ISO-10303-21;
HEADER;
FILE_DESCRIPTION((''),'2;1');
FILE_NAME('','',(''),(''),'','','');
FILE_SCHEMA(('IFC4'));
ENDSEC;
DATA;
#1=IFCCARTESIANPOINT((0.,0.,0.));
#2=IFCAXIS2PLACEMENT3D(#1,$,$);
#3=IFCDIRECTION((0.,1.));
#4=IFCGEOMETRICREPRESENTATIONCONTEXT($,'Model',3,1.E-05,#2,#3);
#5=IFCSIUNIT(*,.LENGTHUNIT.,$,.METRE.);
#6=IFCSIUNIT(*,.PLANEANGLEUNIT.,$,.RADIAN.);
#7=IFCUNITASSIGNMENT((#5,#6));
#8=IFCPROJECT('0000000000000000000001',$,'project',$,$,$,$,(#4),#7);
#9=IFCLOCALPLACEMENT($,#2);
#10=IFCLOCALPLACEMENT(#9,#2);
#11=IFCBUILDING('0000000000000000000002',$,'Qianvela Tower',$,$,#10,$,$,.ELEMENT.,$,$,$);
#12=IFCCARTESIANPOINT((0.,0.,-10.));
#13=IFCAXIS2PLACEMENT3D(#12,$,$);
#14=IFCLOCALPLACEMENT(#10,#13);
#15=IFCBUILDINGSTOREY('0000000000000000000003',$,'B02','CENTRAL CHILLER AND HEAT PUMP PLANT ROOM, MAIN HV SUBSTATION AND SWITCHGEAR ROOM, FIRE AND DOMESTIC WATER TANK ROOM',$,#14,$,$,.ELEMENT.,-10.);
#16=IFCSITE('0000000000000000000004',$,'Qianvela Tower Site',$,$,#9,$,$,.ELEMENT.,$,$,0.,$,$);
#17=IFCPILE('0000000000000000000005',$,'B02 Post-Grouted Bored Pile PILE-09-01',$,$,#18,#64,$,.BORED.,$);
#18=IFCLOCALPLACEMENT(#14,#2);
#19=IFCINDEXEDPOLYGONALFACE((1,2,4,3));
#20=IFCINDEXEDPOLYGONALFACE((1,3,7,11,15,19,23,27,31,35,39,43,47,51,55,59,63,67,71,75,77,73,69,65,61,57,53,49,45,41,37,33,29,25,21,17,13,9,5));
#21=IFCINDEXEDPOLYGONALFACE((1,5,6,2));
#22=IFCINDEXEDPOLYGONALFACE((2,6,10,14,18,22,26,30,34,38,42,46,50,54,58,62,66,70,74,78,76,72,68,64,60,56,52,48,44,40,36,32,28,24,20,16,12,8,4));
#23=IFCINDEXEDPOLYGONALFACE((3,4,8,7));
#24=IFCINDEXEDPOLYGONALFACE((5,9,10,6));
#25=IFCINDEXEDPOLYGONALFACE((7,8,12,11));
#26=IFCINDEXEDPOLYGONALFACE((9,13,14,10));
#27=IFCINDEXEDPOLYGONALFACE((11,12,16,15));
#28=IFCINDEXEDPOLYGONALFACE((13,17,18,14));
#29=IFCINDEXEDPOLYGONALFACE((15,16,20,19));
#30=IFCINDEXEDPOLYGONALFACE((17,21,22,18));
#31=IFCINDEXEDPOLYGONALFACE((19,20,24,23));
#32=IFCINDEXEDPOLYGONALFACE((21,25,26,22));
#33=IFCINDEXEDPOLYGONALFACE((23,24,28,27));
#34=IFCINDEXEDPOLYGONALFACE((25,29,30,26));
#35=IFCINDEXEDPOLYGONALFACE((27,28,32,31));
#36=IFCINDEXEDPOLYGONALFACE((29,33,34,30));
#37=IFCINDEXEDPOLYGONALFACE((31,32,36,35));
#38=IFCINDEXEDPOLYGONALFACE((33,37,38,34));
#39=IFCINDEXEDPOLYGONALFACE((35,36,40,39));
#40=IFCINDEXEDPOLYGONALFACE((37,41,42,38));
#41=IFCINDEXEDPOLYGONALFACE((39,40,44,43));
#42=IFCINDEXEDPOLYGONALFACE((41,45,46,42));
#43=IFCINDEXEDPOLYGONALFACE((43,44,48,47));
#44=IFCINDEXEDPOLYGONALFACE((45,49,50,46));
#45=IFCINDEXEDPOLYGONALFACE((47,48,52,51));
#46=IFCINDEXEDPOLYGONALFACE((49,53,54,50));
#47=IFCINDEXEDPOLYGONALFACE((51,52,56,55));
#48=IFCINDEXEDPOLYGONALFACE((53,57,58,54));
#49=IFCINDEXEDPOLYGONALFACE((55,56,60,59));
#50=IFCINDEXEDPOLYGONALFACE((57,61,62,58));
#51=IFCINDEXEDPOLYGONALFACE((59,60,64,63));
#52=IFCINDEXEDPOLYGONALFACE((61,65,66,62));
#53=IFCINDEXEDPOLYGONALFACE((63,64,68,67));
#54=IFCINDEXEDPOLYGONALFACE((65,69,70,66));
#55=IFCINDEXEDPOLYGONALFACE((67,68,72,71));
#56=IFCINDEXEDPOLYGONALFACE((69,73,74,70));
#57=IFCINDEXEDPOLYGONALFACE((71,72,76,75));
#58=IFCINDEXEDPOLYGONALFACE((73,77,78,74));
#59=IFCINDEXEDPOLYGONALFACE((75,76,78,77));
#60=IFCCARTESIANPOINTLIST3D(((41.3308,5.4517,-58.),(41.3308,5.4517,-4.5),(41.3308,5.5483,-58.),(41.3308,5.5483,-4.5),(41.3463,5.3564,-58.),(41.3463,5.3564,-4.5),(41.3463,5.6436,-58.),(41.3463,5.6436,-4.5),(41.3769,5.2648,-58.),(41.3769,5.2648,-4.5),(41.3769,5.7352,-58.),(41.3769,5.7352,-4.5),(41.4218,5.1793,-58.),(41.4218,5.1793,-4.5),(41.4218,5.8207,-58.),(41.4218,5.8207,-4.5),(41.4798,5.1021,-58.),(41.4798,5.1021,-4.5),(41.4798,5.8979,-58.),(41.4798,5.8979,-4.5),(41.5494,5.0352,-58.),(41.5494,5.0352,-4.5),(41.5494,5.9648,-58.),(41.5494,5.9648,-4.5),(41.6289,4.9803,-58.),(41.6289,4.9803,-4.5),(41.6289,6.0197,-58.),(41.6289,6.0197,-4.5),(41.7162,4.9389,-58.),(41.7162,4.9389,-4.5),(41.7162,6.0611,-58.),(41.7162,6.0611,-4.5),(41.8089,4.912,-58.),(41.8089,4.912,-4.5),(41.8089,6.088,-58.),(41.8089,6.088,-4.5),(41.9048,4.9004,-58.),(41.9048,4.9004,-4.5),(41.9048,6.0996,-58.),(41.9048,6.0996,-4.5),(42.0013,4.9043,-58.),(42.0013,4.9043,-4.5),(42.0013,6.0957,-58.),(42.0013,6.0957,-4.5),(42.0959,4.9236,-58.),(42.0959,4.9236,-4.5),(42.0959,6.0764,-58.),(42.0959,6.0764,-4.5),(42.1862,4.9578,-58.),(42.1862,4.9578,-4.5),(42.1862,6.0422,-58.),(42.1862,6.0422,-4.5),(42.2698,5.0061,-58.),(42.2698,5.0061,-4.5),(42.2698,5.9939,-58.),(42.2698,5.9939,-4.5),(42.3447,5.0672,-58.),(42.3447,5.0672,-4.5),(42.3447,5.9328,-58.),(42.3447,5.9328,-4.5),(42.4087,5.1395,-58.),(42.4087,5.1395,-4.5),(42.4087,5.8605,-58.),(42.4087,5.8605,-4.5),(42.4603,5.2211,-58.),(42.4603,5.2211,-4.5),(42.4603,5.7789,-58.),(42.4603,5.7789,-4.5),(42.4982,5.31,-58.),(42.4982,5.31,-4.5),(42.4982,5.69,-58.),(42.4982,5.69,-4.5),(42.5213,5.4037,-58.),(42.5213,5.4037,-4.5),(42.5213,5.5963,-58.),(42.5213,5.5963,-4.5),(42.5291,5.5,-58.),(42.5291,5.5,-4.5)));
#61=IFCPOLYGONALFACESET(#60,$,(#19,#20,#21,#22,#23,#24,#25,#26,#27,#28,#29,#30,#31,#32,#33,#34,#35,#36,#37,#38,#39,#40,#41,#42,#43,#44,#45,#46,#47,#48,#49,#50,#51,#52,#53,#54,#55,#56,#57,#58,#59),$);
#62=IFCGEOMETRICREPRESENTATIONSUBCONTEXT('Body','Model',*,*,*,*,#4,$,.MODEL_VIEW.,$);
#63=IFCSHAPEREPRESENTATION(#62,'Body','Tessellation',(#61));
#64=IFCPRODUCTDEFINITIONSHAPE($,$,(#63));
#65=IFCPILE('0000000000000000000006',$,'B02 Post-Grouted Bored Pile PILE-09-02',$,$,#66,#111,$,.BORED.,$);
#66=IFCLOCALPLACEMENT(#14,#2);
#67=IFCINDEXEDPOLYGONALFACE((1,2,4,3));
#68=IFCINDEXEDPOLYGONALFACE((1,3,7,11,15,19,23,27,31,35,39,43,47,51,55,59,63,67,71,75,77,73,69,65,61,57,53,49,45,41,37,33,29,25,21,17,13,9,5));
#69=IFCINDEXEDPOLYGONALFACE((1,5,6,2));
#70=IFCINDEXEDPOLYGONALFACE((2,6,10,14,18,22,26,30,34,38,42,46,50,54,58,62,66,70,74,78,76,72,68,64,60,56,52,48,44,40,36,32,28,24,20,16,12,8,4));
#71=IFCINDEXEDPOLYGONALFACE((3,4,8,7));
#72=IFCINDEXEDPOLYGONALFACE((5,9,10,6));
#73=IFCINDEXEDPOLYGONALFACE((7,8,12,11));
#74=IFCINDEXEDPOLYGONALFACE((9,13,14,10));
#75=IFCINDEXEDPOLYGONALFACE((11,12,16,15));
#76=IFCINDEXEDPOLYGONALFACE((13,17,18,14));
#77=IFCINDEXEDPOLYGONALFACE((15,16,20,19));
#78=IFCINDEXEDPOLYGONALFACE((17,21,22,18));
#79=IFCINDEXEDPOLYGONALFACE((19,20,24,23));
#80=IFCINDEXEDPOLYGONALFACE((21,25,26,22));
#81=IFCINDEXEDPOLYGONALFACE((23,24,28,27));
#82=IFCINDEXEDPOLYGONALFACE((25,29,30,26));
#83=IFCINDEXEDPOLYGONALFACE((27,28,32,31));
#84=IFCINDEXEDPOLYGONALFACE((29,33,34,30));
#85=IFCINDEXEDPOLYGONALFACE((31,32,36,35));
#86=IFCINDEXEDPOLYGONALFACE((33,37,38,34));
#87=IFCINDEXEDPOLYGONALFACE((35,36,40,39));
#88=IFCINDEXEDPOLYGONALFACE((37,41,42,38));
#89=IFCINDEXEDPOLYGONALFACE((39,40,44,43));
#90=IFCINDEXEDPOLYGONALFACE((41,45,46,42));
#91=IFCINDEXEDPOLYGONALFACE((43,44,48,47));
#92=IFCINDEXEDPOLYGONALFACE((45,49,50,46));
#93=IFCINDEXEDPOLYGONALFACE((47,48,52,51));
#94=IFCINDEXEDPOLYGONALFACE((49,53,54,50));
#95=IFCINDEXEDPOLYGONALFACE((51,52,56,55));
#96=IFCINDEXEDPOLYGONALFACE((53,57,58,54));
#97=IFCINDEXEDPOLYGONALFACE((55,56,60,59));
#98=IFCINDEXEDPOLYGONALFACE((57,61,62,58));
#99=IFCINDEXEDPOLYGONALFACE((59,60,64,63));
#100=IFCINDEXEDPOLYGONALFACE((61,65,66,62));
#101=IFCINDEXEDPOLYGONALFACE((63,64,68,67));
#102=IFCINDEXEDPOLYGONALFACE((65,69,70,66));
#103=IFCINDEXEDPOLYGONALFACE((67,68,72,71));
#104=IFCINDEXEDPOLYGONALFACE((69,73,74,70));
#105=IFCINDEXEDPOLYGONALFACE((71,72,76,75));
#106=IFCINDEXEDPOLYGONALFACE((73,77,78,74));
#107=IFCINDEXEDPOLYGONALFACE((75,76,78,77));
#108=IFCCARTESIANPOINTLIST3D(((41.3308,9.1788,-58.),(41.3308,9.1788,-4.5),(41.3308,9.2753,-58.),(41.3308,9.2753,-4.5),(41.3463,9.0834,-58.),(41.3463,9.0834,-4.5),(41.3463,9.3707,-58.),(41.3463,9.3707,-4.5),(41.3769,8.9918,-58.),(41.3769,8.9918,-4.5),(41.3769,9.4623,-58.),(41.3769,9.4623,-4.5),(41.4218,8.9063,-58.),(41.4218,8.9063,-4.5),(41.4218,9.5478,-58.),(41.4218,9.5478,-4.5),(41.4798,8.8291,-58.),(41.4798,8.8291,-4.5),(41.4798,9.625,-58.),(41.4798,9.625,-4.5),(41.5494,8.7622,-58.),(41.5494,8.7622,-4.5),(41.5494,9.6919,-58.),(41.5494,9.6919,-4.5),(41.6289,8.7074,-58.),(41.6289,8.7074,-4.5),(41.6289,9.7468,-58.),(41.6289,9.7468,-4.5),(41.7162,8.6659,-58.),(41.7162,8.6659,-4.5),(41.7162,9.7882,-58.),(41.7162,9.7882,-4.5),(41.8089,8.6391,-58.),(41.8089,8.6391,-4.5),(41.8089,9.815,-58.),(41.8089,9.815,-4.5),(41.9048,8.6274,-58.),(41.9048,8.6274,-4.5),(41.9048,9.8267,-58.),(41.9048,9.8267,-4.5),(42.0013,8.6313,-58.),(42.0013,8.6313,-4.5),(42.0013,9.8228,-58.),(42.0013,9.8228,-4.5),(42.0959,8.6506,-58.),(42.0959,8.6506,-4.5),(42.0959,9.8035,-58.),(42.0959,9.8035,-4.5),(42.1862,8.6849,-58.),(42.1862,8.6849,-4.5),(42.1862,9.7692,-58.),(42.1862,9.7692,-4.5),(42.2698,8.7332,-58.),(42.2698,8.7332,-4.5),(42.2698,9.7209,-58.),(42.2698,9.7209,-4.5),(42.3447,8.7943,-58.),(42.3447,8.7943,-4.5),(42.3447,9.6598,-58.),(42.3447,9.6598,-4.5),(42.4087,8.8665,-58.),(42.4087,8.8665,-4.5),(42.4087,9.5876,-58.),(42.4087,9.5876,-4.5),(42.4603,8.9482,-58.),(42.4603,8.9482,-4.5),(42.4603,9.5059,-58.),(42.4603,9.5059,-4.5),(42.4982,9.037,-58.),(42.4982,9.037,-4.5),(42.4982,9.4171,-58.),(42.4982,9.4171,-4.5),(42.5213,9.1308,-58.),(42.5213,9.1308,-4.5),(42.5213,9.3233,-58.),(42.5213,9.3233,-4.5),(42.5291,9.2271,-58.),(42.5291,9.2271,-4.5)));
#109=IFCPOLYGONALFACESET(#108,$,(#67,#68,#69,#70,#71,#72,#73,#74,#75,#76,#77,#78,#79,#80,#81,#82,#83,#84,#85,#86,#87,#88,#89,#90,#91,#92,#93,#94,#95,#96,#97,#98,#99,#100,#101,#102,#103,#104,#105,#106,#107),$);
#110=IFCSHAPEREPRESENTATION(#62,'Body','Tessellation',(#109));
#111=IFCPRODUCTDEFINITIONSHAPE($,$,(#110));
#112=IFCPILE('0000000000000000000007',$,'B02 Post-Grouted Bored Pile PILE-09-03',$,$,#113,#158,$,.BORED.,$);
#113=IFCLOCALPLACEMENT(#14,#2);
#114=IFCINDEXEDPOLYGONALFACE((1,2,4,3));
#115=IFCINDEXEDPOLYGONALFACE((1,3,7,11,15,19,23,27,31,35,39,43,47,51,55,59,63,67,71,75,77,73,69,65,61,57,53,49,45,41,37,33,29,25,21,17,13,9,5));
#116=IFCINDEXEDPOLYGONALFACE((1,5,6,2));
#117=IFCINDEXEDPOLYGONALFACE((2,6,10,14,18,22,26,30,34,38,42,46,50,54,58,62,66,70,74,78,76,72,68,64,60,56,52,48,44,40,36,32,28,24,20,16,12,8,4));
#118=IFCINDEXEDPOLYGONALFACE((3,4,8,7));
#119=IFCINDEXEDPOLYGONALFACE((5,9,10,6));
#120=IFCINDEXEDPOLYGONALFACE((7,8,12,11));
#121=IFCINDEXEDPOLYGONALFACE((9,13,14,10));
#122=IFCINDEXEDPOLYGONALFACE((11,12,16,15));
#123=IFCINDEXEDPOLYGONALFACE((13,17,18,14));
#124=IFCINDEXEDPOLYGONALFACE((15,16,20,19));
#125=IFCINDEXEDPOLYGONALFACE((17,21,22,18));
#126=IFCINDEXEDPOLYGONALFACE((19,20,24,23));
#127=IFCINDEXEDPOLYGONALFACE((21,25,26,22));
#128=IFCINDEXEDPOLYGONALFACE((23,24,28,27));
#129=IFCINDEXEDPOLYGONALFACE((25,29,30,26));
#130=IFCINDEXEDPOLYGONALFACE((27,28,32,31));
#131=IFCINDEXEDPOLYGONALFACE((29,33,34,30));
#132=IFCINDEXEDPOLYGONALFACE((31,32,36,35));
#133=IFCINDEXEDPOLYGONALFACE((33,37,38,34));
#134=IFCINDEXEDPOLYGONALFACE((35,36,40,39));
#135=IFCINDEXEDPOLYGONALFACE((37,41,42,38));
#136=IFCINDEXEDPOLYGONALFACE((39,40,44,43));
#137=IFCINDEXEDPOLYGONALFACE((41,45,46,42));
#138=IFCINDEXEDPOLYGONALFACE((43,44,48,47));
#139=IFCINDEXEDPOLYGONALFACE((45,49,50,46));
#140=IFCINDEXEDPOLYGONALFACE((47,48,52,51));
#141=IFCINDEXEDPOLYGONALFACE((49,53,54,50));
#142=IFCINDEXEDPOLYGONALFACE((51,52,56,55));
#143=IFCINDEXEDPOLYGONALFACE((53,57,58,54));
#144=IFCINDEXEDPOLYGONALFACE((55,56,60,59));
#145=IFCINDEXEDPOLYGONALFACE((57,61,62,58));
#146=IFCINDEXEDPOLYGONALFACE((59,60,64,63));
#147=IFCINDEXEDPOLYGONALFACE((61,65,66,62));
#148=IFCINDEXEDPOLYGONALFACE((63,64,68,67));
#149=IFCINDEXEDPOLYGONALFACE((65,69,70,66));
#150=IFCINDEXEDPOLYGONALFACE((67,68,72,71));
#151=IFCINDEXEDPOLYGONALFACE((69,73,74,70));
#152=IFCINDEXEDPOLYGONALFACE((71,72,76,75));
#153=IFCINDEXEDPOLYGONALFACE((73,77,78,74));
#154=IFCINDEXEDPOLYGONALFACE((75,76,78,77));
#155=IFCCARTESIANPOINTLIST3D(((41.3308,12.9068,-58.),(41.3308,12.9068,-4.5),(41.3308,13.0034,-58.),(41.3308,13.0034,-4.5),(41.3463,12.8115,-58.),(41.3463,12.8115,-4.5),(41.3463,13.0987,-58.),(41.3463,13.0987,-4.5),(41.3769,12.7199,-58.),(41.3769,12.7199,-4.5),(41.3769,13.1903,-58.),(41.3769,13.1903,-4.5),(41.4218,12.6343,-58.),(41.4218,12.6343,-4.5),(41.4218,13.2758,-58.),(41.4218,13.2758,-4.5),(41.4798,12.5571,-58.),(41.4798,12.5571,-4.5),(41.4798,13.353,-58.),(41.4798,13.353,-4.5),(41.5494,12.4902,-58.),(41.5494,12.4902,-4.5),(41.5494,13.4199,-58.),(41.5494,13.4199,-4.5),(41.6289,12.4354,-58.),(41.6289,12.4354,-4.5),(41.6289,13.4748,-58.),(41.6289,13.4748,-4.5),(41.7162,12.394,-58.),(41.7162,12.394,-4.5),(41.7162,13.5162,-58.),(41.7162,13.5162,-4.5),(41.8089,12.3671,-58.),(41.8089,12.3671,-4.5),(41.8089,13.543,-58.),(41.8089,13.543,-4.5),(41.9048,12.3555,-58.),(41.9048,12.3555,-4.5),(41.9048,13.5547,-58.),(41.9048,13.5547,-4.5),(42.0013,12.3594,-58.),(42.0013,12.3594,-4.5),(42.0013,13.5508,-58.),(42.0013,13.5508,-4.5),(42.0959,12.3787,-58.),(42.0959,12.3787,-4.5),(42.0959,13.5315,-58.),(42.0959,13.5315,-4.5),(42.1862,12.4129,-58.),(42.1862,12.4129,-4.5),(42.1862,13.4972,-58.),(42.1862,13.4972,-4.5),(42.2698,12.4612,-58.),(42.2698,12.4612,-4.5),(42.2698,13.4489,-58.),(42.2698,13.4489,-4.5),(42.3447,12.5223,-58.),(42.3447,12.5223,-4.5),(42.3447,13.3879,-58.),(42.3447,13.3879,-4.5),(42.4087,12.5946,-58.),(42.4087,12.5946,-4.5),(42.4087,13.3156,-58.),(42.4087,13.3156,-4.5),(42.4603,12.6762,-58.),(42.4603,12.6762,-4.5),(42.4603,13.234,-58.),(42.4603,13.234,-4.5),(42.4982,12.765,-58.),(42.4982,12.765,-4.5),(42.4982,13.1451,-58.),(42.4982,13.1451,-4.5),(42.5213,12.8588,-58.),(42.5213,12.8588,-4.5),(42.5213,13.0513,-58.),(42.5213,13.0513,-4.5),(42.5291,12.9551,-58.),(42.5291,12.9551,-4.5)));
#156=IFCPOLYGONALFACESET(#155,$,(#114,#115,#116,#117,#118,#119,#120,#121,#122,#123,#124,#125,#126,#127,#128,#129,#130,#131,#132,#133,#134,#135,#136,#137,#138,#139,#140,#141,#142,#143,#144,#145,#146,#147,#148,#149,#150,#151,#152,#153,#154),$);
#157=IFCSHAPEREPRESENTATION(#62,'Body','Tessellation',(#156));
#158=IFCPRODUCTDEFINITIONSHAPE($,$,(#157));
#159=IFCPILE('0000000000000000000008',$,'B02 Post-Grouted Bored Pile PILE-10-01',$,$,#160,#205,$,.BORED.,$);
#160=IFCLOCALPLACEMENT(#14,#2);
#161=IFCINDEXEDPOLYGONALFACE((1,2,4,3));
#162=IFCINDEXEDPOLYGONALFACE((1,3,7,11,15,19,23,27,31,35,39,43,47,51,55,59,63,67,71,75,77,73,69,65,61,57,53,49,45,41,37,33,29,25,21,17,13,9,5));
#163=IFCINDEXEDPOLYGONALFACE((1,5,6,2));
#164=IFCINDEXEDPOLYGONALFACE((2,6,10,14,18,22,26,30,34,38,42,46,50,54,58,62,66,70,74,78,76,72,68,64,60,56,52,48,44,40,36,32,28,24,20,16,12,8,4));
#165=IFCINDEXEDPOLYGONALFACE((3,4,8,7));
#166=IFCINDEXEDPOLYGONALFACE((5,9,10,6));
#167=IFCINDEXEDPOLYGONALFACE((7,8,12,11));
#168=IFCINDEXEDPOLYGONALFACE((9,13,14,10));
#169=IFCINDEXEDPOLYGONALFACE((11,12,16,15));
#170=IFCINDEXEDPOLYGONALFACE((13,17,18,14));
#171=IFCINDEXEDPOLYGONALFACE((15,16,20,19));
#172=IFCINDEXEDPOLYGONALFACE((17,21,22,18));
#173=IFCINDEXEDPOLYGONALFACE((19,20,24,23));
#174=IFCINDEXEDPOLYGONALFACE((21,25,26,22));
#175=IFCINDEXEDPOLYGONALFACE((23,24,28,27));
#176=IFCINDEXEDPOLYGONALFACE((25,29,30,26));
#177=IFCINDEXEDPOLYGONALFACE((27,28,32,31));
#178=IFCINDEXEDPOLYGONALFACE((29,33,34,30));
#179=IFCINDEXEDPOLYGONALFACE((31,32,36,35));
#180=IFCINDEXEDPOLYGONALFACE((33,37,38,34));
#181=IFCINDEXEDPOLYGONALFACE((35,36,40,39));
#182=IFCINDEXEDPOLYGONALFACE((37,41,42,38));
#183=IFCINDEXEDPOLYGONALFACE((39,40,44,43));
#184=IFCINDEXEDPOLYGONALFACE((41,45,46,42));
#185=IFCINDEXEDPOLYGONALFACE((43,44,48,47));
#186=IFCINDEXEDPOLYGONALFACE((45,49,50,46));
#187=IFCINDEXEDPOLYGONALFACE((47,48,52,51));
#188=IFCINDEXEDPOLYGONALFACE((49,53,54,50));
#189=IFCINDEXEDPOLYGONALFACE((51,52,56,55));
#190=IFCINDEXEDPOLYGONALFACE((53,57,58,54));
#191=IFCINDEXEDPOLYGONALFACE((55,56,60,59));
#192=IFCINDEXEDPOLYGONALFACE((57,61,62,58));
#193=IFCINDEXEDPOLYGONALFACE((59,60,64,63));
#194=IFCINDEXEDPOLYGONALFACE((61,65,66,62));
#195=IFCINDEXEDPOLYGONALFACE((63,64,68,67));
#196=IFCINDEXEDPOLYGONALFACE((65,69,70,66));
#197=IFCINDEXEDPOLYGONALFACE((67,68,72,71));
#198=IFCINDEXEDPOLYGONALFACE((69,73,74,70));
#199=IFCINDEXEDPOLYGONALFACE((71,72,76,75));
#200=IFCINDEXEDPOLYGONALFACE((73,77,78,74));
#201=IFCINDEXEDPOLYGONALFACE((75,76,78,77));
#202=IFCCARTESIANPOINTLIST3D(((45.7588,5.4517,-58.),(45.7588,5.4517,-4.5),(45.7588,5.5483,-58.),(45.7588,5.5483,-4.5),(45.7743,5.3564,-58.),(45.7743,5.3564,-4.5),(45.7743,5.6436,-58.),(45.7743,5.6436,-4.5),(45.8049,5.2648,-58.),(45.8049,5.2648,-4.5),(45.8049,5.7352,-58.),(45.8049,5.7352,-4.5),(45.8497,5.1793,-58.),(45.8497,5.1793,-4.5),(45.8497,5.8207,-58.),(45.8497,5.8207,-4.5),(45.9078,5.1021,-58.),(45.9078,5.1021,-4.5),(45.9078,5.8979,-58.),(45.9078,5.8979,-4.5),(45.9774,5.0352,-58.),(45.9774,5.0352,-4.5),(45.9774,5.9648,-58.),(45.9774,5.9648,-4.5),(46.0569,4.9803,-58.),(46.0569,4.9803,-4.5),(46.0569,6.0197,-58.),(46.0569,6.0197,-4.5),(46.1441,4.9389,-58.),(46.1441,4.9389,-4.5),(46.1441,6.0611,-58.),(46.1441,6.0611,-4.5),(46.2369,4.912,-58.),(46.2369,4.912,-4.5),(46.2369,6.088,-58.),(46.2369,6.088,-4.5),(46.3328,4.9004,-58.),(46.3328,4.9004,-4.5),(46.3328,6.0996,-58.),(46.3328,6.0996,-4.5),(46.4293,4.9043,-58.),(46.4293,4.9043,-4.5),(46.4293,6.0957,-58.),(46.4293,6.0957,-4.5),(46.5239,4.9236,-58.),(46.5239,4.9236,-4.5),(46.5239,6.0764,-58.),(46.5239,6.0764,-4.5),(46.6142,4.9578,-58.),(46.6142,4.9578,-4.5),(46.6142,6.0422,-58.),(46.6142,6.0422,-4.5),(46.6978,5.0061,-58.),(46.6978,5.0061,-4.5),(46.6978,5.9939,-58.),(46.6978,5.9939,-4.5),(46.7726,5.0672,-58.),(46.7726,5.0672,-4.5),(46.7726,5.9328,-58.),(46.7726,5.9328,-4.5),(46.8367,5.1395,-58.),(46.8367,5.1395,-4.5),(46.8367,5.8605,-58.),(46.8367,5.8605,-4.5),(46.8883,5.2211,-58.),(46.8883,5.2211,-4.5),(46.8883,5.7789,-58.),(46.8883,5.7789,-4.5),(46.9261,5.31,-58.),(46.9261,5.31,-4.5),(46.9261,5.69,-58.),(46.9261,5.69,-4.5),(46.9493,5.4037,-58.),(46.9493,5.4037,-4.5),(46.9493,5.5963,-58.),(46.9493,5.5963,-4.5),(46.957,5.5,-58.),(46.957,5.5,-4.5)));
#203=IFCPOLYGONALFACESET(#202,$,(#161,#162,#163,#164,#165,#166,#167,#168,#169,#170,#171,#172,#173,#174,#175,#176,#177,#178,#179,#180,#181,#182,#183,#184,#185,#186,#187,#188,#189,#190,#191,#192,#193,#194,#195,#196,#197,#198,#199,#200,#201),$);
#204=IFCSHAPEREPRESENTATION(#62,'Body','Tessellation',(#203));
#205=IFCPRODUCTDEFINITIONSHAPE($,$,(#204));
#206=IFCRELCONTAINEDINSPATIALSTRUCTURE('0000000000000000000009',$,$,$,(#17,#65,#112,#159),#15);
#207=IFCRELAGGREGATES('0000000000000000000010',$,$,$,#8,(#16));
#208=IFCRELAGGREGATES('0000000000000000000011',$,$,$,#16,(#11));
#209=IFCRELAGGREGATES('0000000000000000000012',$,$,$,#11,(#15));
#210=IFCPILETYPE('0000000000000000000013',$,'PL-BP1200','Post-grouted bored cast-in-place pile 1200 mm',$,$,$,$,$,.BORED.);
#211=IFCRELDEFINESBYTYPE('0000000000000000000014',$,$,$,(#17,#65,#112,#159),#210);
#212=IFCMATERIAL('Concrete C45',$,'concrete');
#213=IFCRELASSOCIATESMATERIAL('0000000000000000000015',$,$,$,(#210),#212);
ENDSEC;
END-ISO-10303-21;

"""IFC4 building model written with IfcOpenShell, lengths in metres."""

from ifc_helpers import new_model, si_unit, direction, frame, origin, origin_2d, place, context, subcontext, project, spatial, circle, extrude, material, material_profile, profile_set, type_object, element, save


model = new_model("IFC4")

# Units and contexts
model_context = context("Model", 3, precision=1e-05, world=origin(), true_north=direction((0.0, 1.0)))
body_context = subcontext(model_context, "Body", "Model", "MODEL_VIEW")
ifc_project = project(units=[si_unit("LENGTHUNIT", "METRE"), si_unit("PLANEANGLEUNIT", "RADIAN")], contexts=[model_context])

# Site, building, storey
site_placement = place(None, origin())
site = spatial("IfcSite", under=ifc_project, at=site_placement, Name="Qianvela Tower Site", CompositionType="ELEMENT", RefElevation=0.0)
building_placement = place(site_placement, origin())
building = spatial("IfcBuilding", under=site, at=building_placement, Name="Qianvela Tower", CompositionType="ELEMENT")
storey_placement = place(building_placement, frame((0.0, 0.0, -10.0)))
storey = spatial("IfcBuildingStorey", under=building, at=storey_placement, Name="B02", Description="CENTRAL CHILLER AND HEAT PUMP PLANT ROOM, MAIN HV SUBSTATION AND SWITCHGEAR ROOM, FIRE AND DOMESTIC WATER TANK ROOM", CompositionType="ELEMENT", Elevation=-10.0)

# Piles
ifc_material_1 = material(Name="Concrete C45", Category="concrete")
ifc_material_profile_1 = material_profile(ifc_material_1, circle(Radius=0.6001, at=origin_2d()), Name="BP-1200")
ifc_profile_set_1 = profile_set([ifc_material_profile_1], Name="Concrete C45")
pile_type = type_object("IfcPileType", Name="PL-BP1200", Description="Post-grouted bored cast-in-place pile 1200 mm", PredefinedType="BORED", material=ifc_profile_set_1)
for number, where, z_axis, x_axis, name in (
    (1, (41.929, 5.5, -4.5), (0.0, 0.0, -1.0), (1.0, 0.0, 0.0), "B02 Post-Grouted Bored Pile PILE-09-01"),
    (2, (41.929, 9.2271, -4.5), (0.0, 0.0, -1.0), (1.0, 0.0, 0.0), "B02 Post-Grouted Bored Pile PILE-09-02"),
    (3, (41.929, 12.9551, -4.5), (0.0, 0.0, -1.0), (1.0, 0.0, 0.0), "B02 Post-Grouted Bored Pile PILE-09-03"),
    (4, (46.3569, 5.5, -4.5), (0.0, 0.0, -1.0), (1.0, 0.0, 0.0), "B02 Post-Grouted Bored Pile PILE-10-01"),
):
    element("IfcPile", number, at=place(storey_placement, frame(where, z_axis=z_axis, x_axis=x_axis)), inside=storey, type_object=pile_type, Name=name, PredefinedType="BORED", context=body_context, shape_type="SweptSolid", body=[
        extrude(circle(Radius=0.6001, at=origin_2d()), origin(), (0.0, 0.0, 1.0), 53.5),
    ])

save(model, "model.ifc")
